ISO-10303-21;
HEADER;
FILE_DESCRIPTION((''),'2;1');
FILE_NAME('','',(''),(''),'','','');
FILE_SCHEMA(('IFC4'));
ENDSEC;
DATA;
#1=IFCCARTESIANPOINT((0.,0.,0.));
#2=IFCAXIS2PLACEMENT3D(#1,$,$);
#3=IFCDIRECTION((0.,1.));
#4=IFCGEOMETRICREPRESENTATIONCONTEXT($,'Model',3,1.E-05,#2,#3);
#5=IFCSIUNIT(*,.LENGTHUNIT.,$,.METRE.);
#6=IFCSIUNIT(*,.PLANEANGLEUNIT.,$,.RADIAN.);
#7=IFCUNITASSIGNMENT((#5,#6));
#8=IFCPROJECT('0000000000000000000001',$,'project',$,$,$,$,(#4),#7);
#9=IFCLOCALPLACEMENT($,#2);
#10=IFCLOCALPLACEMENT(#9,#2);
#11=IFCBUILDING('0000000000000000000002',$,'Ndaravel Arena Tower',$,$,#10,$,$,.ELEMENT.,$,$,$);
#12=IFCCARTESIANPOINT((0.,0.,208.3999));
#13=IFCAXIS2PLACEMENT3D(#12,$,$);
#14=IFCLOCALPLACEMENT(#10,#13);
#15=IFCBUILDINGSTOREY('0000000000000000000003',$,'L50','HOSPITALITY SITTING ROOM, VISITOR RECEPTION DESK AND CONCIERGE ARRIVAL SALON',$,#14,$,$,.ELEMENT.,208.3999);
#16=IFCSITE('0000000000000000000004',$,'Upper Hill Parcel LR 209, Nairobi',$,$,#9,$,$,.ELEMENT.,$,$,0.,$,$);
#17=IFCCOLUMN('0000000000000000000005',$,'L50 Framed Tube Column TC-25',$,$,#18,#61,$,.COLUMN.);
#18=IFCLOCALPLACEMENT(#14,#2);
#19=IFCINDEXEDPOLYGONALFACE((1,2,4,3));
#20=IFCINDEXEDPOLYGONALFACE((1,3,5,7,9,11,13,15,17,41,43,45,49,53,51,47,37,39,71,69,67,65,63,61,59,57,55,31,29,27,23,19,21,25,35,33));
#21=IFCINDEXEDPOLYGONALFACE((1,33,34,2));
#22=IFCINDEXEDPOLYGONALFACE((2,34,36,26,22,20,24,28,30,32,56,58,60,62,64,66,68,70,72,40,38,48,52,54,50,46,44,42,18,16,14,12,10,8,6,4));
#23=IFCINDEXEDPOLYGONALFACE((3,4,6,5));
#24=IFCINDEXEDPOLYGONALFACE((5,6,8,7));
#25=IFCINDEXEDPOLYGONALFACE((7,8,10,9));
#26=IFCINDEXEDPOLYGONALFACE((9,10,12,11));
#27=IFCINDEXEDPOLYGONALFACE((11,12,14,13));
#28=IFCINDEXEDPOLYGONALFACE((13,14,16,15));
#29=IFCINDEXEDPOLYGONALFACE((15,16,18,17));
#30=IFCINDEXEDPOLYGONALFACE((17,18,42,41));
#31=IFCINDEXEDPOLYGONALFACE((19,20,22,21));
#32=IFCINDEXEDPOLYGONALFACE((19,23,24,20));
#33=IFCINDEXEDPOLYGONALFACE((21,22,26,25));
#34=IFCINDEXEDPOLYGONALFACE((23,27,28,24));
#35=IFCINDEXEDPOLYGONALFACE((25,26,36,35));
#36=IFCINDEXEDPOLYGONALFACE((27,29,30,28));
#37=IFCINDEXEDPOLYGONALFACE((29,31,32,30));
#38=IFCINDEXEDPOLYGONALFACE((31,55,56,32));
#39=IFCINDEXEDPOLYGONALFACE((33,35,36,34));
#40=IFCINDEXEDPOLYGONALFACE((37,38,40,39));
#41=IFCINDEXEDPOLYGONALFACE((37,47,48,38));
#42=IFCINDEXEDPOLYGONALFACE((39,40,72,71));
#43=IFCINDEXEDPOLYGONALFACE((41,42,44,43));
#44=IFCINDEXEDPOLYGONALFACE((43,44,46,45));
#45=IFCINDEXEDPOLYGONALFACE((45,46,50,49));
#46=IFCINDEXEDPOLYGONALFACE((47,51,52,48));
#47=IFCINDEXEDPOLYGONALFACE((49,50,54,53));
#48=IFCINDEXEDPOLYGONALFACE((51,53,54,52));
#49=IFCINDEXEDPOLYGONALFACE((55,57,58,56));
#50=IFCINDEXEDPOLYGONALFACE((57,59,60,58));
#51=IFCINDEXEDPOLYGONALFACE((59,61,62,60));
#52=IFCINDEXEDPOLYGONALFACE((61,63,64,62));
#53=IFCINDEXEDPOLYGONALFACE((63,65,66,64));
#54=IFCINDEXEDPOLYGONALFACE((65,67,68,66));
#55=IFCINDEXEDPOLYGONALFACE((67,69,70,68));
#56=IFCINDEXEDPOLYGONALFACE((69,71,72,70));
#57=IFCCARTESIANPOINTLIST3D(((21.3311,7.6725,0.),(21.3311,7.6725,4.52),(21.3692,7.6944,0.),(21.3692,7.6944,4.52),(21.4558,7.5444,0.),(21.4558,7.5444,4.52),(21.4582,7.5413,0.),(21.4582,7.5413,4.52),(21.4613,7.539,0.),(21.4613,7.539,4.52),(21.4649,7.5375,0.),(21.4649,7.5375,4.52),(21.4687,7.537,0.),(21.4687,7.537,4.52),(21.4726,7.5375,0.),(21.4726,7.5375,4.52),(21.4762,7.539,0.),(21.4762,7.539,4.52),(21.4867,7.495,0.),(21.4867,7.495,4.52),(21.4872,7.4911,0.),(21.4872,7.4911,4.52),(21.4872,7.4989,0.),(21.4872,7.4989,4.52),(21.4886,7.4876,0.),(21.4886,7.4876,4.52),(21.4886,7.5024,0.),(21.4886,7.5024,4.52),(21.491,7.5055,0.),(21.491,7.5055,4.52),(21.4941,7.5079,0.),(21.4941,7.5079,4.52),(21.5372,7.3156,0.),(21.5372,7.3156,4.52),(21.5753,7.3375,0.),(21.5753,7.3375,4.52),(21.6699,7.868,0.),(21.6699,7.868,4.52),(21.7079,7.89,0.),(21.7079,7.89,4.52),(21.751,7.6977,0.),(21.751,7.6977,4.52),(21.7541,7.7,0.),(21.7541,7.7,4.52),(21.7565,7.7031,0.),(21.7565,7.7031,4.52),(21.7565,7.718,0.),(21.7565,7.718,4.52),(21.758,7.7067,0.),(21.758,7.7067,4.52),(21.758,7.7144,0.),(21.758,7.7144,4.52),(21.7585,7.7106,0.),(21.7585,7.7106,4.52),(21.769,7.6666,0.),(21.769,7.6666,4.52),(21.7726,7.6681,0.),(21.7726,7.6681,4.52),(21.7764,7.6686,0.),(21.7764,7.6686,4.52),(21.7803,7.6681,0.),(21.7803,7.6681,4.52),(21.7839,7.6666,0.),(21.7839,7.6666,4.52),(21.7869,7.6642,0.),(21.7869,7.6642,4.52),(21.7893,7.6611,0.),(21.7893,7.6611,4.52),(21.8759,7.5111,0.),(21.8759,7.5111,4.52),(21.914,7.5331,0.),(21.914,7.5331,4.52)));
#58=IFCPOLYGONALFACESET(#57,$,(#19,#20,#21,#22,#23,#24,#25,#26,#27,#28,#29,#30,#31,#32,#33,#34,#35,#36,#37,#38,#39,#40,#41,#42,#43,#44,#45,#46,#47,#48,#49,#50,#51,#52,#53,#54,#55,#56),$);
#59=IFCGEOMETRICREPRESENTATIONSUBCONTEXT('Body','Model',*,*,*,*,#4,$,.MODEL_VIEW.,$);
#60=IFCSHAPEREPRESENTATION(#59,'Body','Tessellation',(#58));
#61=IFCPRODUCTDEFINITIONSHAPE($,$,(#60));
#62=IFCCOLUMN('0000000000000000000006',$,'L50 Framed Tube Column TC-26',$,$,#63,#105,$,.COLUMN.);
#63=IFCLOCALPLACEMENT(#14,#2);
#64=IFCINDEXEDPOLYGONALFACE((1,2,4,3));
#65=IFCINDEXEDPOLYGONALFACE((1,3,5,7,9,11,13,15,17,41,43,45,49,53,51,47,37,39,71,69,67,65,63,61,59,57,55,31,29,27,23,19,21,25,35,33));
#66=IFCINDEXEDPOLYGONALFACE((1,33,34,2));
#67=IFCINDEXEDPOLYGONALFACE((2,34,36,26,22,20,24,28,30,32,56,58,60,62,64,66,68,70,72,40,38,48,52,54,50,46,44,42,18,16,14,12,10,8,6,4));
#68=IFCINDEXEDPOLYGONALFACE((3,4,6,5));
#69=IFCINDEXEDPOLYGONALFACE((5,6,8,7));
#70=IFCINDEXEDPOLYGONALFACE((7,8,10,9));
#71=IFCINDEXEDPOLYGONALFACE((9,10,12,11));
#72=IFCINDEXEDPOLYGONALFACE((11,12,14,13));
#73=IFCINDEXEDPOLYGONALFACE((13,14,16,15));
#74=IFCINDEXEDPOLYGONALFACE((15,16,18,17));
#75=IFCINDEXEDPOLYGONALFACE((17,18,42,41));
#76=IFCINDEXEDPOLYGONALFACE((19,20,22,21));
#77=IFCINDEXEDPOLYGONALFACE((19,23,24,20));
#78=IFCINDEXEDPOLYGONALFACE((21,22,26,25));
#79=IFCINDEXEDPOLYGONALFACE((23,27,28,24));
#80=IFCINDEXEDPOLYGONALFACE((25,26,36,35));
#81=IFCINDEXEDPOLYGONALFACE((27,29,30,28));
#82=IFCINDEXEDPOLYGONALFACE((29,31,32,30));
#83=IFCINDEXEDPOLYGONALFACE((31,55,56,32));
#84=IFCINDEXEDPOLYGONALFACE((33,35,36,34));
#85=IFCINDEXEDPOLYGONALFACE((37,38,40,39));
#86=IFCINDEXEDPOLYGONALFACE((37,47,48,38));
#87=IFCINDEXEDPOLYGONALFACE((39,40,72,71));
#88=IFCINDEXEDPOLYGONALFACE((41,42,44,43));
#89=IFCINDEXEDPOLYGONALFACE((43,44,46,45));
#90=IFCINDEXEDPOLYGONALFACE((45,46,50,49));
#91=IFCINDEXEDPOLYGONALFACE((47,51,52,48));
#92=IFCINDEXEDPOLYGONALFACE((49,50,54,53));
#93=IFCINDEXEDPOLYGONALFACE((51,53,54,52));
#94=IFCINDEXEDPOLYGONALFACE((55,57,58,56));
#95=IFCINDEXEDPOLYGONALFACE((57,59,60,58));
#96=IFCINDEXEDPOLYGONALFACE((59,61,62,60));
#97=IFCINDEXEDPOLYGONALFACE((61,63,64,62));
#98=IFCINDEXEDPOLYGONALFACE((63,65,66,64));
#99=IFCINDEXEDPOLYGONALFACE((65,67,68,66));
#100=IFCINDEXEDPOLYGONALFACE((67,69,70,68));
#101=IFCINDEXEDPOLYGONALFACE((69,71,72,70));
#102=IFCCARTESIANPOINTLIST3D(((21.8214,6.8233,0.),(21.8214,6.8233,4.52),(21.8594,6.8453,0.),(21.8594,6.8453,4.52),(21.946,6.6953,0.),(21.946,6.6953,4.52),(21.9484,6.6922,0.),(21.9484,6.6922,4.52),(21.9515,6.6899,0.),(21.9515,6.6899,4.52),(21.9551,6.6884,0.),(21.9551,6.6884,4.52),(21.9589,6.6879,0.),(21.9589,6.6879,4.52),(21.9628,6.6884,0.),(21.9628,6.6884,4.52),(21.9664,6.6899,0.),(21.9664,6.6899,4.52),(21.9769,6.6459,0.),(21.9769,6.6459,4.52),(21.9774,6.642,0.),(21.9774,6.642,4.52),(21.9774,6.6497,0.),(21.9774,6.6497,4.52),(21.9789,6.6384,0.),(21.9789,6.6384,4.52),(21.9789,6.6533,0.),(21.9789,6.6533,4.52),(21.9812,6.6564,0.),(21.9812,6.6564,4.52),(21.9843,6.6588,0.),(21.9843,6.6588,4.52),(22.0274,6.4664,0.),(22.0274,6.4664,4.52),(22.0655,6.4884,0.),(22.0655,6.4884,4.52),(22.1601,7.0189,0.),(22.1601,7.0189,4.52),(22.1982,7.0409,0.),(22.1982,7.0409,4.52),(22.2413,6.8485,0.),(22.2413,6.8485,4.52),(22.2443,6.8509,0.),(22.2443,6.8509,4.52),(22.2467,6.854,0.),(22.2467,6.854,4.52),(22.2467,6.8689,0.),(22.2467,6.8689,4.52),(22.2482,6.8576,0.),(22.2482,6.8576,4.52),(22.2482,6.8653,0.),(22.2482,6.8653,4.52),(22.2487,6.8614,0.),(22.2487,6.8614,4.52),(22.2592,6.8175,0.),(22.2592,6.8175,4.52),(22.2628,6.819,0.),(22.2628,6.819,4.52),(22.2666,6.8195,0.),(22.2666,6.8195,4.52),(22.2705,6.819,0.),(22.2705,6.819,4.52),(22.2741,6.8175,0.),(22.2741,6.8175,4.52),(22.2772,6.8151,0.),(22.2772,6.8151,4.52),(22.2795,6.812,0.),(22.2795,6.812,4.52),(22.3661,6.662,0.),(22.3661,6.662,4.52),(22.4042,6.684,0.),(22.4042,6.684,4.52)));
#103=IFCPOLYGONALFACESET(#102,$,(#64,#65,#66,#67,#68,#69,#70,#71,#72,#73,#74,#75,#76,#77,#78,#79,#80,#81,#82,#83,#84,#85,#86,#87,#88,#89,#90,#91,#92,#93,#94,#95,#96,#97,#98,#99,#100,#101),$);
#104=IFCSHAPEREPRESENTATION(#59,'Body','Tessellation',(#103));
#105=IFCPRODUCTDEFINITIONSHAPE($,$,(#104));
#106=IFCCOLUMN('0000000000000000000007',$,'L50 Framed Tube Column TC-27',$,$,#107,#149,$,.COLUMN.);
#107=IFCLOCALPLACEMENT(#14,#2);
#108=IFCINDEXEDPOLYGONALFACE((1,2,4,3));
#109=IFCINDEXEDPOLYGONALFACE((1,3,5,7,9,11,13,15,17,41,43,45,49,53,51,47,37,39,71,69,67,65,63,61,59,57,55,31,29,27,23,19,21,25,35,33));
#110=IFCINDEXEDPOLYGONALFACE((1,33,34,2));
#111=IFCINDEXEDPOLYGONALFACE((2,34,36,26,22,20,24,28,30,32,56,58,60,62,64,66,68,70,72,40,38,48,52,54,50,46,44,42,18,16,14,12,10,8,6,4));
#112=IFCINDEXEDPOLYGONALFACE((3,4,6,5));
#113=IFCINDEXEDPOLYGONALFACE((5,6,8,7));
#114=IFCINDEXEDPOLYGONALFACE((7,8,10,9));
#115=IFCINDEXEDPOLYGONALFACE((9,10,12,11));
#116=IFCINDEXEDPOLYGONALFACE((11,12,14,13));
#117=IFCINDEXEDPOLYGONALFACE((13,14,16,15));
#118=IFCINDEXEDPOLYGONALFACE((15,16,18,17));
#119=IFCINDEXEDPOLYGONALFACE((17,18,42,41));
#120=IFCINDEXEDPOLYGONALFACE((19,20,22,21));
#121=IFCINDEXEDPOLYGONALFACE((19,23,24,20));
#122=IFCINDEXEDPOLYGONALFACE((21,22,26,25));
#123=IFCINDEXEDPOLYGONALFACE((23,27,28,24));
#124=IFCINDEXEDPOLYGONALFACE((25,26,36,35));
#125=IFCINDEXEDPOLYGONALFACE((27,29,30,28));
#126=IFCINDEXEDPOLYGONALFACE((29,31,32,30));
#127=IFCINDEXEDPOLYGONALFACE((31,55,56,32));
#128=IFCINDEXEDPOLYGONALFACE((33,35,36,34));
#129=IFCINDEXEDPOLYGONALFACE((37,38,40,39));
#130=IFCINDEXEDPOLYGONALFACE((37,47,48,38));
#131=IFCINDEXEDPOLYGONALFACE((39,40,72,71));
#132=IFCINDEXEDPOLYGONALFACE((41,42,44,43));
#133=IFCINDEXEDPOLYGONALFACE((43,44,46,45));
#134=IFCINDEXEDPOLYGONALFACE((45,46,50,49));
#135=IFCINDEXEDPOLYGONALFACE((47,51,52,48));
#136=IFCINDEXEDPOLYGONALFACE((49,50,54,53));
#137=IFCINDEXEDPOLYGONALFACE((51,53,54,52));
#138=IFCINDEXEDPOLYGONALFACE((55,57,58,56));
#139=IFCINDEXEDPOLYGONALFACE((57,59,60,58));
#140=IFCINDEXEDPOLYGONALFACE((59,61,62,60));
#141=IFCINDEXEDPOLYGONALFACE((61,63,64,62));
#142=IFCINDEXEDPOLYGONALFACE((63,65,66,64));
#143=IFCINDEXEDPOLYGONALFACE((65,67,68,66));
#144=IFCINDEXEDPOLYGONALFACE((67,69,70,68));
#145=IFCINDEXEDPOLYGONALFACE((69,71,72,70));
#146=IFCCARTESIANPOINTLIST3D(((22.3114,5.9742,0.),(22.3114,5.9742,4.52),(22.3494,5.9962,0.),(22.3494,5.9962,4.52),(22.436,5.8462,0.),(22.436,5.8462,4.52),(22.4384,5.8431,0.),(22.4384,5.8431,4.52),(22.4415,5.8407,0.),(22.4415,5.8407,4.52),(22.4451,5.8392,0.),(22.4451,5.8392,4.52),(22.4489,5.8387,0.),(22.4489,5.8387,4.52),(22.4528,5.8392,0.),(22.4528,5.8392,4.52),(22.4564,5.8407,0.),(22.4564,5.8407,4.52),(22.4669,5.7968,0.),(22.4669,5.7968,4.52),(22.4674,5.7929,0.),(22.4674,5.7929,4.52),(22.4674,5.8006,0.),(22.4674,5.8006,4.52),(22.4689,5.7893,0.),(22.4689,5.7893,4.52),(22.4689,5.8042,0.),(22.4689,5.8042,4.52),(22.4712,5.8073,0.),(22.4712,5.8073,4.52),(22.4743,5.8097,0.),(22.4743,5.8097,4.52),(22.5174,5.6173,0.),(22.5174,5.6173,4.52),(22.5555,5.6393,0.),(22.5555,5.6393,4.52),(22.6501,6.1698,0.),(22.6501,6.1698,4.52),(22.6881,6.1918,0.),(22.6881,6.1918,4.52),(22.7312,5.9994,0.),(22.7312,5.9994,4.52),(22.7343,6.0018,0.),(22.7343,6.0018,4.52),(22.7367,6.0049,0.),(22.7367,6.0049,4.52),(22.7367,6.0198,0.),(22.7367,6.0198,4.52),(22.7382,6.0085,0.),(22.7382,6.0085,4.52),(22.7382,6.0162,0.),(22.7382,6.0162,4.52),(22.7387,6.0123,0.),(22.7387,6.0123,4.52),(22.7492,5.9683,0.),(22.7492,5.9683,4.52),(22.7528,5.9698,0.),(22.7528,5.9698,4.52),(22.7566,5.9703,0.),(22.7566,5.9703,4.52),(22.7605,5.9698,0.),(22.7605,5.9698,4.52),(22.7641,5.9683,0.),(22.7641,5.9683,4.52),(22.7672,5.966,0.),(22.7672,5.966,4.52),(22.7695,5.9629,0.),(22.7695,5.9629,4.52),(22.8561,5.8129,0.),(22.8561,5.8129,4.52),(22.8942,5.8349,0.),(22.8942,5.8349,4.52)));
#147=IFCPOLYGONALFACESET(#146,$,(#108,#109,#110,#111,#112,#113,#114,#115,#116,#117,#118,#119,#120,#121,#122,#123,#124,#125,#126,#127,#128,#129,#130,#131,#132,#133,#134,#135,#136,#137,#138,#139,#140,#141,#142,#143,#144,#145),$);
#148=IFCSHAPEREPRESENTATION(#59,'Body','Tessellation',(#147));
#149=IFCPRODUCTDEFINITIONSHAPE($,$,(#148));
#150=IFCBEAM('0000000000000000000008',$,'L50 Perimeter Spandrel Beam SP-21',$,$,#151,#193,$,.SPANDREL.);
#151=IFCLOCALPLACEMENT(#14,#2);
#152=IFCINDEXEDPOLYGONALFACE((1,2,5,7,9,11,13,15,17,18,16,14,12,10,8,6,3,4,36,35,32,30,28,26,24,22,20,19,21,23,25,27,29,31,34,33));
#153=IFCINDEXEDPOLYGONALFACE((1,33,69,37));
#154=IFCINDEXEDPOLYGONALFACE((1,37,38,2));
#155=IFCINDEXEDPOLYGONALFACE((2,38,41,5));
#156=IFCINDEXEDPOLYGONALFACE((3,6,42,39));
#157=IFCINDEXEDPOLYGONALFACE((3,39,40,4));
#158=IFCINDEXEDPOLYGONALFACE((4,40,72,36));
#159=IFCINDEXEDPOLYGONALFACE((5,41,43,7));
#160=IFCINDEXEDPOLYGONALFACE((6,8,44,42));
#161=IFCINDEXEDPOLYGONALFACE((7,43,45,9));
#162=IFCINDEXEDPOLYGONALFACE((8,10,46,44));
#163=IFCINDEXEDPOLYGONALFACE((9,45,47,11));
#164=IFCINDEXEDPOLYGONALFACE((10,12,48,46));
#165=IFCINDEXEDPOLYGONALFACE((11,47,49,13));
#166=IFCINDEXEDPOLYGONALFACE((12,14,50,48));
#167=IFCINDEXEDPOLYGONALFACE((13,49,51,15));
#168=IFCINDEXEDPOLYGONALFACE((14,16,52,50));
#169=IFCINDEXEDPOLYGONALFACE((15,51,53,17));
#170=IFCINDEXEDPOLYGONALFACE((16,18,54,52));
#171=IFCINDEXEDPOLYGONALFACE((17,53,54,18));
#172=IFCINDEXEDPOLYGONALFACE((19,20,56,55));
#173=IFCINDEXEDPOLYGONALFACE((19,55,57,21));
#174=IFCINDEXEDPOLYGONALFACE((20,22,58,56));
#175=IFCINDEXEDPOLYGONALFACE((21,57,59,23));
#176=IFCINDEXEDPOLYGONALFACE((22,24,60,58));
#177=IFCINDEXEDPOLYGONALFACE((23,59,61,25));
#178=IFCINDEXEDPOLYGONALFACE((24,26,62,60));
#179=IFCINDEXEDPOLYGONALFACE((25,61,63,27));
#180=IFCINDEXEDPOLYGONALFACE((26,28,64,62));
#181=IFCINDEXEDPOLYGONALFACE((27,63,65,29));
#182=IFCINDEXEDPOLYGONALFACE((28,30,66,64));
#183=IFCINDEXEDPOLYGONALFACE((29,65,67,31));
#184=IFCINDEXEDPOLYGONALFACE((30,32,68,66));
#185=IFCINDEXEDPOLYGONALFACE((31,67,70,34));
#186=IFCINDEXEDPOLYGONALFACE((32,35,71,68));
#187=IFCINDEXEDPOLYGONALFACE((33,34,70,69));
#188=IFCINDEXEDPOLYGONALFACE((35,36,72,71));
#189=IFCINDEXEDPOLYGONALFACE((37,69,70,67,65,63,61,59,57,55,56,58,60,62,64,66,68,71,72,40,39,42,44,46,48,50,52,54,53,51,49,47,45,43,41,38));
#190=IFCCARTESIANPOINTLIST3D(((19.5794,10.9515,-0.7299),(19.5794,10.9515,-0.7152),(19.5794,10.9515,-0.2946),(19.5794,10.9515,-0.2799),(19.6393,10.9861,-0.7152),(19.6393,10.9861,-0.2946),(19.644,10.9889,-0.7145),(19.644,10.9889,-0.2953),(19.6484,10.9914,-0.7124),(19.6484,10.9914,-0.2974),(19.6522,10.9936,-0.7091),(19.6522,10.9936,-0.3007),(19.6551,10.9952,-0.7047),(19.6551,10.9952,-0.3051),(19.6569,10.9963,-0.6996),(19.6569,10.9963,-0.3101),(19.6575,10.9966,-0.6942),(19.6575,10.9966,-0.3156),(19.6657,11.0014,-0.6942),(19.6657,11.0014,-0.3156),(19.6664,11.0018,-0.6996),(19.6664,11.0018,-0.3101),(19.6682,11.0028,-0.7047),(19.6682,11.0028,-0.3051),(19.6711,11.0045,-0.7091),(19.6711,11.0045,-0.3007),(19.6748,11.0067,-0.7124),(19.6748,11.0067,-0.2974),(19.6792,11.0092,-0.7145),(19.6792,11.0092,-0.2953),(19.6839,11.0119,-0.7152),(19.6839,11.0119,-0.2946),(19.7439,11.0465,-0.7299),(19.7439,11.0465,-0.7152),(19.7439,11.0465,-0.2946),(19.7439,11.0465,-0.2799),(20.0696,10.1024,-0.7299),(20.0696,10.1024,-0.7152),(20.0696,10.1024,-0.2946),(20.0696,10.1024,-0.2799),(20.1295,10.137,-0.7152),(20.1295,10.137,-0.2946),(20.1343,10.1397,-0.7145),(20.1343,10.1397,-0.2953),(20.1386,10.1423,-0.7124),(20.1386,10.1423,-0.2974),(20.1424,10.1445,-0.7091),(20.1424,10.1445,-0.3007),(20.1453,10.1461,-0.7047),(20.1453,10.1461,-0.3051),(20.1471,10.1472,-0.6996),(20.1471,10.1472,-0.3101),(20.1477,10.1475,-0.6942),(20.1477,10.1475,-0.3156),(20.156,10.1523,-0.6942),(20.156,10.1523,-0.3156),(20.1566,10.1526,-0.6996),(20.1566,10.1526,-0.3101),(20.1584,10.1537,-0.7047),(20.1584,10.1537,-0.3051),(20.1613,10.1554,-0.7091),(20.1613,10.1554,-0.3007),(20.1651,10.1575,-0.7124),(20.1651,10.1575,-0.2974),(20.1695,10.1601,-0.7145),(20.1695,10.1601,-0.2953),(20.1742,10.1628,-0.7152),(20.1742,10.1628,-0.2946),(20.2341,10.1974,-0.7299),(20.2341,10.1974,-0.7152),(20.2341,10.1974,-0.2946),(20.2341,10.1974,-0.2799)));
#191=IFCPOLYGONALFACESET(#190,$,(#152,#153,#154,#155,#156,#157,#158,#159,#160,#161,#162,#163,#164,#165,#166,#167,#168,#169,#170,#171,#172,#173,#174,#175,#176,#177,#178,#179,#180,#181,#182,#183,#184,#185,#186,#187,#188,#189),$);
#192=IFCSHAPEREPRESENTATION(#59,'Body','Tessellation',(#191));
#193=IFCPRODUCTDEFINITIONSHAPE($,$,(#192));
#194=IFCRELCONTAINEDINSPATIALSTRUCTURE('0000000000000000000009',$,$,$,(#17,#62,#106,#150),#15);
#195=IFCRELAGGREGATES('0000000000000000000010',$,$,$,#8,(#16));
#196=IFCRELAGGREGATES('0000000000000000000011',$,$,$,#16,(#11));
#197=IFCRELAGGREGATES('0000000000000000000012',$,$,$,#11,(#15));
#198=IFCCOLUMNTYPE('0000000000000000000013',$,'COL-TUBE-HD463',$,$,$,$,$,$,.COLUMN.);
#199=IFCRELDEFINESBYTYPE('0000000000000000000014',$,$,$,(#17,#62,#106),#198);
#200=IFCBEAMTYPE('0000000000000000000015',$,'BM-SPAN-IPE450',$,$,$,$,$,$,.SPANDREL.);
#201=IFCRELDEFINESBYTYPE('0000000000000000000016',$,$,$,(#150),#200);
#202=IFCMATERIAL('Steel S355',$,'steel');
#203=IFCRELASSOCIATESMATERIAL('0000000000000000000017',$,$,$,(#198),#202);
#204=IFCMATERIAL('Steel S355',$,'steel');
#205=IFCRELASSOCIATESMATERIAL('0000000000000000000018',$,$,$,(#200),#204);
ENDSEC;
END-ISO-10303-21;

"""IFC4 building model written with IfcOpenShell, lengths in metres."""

from ifc_helpers import new_model, si_unit, direction, frame, origin, origin_2d, place, context, subcontext, project, spatial, i_section, extrude, material, material_profile, profile_set, type_object, element, save


model = new_model("IFC4")

# Units and contexts
model_context = context("Model", 3, precision=1e-05, world=origin(), true_north=direction((0.0, 1.0)))
body_context = subcontext(model_context, "Body", "Model", "MODEL_VIEW")
ifc_project = project(units=[si_unit("LENGTHUNIT", "METRE"), si_unit("PLANEANGLEUNIT", "RADIAN")], contexts=[model_context])

# Site, building, storey
site_placement = place(None, origin())
site = spatial("IfcSite", under=ifc_project, at=site_placement, Name="Upper Hill Parcel LR 209, Nairobi", CompositionType="ELEMENT", RefElevation=0.0)
building_placement = place(site_placement, origin())
building = spatial("IfcBuilding", under=site, at=building_placement, Name="Ndaravel Arena Tower", CompositionType="ELEMENT")
storey_placement = place(building_placement, frame((0.0, 0.0, 208.3999)))
storey = spatial("IfcBuildingStorey", under=building, at=storey_placement, Name="L50", Description="HOSPITALITY SITTING ROOM, VISITOR RECEPTION DESK AND CONCIERGE ARRIVAL SALON", CompositionType="ELEMENT", Elevation=208.3999)

# Columns
ifc_material_1 = material(Name="Steel S355", Category="steel")
ifc_material_profile_1 = material_profile(ifc_material_1, i_section(OverallWidth=0.4121, OverallDepth=0.4351, WebThickness=0.0359, FlangeThickness=0.0439, FilletRadius=0.0149, at=origin_2d()), Name="HD 400x463")
ifc_profile_set_1 = profile_set([ifc_material_profile_1], Name="Steel S355")
column_type = type_object("IfcColumnType", Name="COL-TUBE-HD463", PredefinedType="COLUMN", material=ifc_profile_set_1)
for number, where, z_axis, x_axis, name in (
    (1, (21.6226, 7.6028, 0.0), (0.0, 0.0, 1.0), (-0.5, 0.866025, 0.0), "L50 Framed Tube Column TC-25"),
    (2, (22.1128, 6.7537, 0.0), (0.0, 0.0, 1.0), (-0.5, 0.866025, 0.0), "L50 Framed Tube Column TC-26"),
    (3, (22.6028, 5.9045, 0.0), (0.0, 0.0, 1.0), (-0.5, 0.866025, 0.0), "L50 Framed Tube Column TC-27"),
):
    element("IfcColumn", number, at=place(storey_placement, frame(where, z_axis=z_axis, x_axis=x_axis)), inside=storey, type_object=column_type, Name=name, PredefinedType="COLUMN", context=body_context, shape_type="SweptSolid", body=[
        extrude(i_section(OverallWidth=0.4121, OverallDepth=0.4351, WebThickness=0.0359, FlangeThickness=0.0439, FilletRadius=0.0149, at=origin_2d()), origin(), (0.0, 0.0, 1.0), 4.52),
    ])

# Beam
ifc_material_2 = material(Name="Steel S355", Category="steel")
ifc_material_profile_2 = material_profile(ifc_material_2, i_section(OverallWidth=0.1899, OverallDepth=0.45, WebThickness=0.0095, FlangeThickness=0.0146, FilletRadius=0.021, at=origin_2d()), Name="IPE 450")
ifc_profile_set_2 = profile_set([ifc_material_profile_2], Name="Steel S355")
beam_type_1 = type_object("IfcBeamType", Name="BM-SPAN-IPE450", PredefinedType="SPANDREL", material=ifc_profile_set_2)
for number, where, z_axis, x_axis, name in (
    (4, (19.6616, 10.999, -0.5049), (0.499995, -0.866028, 0.0), (0.866028, 0.499995, 0.0), "L50 Perimeter Spandrel Beam SP-21"),
):
    element("IfcBeam", number, at=place(storey_placement, frame(where, z_axis=z_axis, x_axis=x_axis)), inside=storey, type_object=beam_type_1, Name=name, PredefinedType="SPANDREL", context=body_context, shape_type="SweptSolid", body=[
        extrude(i_section(OverallWidth=0.1899, OverallDepth=0.45, WebThickness=0.0095, FlangeThickness=0.0146, FilletRadius=0.021, at=origin_2d()), origin(), (0.0, 0.0, 1.0), 0.9805),
    ])

save(model, "model.ifc")
